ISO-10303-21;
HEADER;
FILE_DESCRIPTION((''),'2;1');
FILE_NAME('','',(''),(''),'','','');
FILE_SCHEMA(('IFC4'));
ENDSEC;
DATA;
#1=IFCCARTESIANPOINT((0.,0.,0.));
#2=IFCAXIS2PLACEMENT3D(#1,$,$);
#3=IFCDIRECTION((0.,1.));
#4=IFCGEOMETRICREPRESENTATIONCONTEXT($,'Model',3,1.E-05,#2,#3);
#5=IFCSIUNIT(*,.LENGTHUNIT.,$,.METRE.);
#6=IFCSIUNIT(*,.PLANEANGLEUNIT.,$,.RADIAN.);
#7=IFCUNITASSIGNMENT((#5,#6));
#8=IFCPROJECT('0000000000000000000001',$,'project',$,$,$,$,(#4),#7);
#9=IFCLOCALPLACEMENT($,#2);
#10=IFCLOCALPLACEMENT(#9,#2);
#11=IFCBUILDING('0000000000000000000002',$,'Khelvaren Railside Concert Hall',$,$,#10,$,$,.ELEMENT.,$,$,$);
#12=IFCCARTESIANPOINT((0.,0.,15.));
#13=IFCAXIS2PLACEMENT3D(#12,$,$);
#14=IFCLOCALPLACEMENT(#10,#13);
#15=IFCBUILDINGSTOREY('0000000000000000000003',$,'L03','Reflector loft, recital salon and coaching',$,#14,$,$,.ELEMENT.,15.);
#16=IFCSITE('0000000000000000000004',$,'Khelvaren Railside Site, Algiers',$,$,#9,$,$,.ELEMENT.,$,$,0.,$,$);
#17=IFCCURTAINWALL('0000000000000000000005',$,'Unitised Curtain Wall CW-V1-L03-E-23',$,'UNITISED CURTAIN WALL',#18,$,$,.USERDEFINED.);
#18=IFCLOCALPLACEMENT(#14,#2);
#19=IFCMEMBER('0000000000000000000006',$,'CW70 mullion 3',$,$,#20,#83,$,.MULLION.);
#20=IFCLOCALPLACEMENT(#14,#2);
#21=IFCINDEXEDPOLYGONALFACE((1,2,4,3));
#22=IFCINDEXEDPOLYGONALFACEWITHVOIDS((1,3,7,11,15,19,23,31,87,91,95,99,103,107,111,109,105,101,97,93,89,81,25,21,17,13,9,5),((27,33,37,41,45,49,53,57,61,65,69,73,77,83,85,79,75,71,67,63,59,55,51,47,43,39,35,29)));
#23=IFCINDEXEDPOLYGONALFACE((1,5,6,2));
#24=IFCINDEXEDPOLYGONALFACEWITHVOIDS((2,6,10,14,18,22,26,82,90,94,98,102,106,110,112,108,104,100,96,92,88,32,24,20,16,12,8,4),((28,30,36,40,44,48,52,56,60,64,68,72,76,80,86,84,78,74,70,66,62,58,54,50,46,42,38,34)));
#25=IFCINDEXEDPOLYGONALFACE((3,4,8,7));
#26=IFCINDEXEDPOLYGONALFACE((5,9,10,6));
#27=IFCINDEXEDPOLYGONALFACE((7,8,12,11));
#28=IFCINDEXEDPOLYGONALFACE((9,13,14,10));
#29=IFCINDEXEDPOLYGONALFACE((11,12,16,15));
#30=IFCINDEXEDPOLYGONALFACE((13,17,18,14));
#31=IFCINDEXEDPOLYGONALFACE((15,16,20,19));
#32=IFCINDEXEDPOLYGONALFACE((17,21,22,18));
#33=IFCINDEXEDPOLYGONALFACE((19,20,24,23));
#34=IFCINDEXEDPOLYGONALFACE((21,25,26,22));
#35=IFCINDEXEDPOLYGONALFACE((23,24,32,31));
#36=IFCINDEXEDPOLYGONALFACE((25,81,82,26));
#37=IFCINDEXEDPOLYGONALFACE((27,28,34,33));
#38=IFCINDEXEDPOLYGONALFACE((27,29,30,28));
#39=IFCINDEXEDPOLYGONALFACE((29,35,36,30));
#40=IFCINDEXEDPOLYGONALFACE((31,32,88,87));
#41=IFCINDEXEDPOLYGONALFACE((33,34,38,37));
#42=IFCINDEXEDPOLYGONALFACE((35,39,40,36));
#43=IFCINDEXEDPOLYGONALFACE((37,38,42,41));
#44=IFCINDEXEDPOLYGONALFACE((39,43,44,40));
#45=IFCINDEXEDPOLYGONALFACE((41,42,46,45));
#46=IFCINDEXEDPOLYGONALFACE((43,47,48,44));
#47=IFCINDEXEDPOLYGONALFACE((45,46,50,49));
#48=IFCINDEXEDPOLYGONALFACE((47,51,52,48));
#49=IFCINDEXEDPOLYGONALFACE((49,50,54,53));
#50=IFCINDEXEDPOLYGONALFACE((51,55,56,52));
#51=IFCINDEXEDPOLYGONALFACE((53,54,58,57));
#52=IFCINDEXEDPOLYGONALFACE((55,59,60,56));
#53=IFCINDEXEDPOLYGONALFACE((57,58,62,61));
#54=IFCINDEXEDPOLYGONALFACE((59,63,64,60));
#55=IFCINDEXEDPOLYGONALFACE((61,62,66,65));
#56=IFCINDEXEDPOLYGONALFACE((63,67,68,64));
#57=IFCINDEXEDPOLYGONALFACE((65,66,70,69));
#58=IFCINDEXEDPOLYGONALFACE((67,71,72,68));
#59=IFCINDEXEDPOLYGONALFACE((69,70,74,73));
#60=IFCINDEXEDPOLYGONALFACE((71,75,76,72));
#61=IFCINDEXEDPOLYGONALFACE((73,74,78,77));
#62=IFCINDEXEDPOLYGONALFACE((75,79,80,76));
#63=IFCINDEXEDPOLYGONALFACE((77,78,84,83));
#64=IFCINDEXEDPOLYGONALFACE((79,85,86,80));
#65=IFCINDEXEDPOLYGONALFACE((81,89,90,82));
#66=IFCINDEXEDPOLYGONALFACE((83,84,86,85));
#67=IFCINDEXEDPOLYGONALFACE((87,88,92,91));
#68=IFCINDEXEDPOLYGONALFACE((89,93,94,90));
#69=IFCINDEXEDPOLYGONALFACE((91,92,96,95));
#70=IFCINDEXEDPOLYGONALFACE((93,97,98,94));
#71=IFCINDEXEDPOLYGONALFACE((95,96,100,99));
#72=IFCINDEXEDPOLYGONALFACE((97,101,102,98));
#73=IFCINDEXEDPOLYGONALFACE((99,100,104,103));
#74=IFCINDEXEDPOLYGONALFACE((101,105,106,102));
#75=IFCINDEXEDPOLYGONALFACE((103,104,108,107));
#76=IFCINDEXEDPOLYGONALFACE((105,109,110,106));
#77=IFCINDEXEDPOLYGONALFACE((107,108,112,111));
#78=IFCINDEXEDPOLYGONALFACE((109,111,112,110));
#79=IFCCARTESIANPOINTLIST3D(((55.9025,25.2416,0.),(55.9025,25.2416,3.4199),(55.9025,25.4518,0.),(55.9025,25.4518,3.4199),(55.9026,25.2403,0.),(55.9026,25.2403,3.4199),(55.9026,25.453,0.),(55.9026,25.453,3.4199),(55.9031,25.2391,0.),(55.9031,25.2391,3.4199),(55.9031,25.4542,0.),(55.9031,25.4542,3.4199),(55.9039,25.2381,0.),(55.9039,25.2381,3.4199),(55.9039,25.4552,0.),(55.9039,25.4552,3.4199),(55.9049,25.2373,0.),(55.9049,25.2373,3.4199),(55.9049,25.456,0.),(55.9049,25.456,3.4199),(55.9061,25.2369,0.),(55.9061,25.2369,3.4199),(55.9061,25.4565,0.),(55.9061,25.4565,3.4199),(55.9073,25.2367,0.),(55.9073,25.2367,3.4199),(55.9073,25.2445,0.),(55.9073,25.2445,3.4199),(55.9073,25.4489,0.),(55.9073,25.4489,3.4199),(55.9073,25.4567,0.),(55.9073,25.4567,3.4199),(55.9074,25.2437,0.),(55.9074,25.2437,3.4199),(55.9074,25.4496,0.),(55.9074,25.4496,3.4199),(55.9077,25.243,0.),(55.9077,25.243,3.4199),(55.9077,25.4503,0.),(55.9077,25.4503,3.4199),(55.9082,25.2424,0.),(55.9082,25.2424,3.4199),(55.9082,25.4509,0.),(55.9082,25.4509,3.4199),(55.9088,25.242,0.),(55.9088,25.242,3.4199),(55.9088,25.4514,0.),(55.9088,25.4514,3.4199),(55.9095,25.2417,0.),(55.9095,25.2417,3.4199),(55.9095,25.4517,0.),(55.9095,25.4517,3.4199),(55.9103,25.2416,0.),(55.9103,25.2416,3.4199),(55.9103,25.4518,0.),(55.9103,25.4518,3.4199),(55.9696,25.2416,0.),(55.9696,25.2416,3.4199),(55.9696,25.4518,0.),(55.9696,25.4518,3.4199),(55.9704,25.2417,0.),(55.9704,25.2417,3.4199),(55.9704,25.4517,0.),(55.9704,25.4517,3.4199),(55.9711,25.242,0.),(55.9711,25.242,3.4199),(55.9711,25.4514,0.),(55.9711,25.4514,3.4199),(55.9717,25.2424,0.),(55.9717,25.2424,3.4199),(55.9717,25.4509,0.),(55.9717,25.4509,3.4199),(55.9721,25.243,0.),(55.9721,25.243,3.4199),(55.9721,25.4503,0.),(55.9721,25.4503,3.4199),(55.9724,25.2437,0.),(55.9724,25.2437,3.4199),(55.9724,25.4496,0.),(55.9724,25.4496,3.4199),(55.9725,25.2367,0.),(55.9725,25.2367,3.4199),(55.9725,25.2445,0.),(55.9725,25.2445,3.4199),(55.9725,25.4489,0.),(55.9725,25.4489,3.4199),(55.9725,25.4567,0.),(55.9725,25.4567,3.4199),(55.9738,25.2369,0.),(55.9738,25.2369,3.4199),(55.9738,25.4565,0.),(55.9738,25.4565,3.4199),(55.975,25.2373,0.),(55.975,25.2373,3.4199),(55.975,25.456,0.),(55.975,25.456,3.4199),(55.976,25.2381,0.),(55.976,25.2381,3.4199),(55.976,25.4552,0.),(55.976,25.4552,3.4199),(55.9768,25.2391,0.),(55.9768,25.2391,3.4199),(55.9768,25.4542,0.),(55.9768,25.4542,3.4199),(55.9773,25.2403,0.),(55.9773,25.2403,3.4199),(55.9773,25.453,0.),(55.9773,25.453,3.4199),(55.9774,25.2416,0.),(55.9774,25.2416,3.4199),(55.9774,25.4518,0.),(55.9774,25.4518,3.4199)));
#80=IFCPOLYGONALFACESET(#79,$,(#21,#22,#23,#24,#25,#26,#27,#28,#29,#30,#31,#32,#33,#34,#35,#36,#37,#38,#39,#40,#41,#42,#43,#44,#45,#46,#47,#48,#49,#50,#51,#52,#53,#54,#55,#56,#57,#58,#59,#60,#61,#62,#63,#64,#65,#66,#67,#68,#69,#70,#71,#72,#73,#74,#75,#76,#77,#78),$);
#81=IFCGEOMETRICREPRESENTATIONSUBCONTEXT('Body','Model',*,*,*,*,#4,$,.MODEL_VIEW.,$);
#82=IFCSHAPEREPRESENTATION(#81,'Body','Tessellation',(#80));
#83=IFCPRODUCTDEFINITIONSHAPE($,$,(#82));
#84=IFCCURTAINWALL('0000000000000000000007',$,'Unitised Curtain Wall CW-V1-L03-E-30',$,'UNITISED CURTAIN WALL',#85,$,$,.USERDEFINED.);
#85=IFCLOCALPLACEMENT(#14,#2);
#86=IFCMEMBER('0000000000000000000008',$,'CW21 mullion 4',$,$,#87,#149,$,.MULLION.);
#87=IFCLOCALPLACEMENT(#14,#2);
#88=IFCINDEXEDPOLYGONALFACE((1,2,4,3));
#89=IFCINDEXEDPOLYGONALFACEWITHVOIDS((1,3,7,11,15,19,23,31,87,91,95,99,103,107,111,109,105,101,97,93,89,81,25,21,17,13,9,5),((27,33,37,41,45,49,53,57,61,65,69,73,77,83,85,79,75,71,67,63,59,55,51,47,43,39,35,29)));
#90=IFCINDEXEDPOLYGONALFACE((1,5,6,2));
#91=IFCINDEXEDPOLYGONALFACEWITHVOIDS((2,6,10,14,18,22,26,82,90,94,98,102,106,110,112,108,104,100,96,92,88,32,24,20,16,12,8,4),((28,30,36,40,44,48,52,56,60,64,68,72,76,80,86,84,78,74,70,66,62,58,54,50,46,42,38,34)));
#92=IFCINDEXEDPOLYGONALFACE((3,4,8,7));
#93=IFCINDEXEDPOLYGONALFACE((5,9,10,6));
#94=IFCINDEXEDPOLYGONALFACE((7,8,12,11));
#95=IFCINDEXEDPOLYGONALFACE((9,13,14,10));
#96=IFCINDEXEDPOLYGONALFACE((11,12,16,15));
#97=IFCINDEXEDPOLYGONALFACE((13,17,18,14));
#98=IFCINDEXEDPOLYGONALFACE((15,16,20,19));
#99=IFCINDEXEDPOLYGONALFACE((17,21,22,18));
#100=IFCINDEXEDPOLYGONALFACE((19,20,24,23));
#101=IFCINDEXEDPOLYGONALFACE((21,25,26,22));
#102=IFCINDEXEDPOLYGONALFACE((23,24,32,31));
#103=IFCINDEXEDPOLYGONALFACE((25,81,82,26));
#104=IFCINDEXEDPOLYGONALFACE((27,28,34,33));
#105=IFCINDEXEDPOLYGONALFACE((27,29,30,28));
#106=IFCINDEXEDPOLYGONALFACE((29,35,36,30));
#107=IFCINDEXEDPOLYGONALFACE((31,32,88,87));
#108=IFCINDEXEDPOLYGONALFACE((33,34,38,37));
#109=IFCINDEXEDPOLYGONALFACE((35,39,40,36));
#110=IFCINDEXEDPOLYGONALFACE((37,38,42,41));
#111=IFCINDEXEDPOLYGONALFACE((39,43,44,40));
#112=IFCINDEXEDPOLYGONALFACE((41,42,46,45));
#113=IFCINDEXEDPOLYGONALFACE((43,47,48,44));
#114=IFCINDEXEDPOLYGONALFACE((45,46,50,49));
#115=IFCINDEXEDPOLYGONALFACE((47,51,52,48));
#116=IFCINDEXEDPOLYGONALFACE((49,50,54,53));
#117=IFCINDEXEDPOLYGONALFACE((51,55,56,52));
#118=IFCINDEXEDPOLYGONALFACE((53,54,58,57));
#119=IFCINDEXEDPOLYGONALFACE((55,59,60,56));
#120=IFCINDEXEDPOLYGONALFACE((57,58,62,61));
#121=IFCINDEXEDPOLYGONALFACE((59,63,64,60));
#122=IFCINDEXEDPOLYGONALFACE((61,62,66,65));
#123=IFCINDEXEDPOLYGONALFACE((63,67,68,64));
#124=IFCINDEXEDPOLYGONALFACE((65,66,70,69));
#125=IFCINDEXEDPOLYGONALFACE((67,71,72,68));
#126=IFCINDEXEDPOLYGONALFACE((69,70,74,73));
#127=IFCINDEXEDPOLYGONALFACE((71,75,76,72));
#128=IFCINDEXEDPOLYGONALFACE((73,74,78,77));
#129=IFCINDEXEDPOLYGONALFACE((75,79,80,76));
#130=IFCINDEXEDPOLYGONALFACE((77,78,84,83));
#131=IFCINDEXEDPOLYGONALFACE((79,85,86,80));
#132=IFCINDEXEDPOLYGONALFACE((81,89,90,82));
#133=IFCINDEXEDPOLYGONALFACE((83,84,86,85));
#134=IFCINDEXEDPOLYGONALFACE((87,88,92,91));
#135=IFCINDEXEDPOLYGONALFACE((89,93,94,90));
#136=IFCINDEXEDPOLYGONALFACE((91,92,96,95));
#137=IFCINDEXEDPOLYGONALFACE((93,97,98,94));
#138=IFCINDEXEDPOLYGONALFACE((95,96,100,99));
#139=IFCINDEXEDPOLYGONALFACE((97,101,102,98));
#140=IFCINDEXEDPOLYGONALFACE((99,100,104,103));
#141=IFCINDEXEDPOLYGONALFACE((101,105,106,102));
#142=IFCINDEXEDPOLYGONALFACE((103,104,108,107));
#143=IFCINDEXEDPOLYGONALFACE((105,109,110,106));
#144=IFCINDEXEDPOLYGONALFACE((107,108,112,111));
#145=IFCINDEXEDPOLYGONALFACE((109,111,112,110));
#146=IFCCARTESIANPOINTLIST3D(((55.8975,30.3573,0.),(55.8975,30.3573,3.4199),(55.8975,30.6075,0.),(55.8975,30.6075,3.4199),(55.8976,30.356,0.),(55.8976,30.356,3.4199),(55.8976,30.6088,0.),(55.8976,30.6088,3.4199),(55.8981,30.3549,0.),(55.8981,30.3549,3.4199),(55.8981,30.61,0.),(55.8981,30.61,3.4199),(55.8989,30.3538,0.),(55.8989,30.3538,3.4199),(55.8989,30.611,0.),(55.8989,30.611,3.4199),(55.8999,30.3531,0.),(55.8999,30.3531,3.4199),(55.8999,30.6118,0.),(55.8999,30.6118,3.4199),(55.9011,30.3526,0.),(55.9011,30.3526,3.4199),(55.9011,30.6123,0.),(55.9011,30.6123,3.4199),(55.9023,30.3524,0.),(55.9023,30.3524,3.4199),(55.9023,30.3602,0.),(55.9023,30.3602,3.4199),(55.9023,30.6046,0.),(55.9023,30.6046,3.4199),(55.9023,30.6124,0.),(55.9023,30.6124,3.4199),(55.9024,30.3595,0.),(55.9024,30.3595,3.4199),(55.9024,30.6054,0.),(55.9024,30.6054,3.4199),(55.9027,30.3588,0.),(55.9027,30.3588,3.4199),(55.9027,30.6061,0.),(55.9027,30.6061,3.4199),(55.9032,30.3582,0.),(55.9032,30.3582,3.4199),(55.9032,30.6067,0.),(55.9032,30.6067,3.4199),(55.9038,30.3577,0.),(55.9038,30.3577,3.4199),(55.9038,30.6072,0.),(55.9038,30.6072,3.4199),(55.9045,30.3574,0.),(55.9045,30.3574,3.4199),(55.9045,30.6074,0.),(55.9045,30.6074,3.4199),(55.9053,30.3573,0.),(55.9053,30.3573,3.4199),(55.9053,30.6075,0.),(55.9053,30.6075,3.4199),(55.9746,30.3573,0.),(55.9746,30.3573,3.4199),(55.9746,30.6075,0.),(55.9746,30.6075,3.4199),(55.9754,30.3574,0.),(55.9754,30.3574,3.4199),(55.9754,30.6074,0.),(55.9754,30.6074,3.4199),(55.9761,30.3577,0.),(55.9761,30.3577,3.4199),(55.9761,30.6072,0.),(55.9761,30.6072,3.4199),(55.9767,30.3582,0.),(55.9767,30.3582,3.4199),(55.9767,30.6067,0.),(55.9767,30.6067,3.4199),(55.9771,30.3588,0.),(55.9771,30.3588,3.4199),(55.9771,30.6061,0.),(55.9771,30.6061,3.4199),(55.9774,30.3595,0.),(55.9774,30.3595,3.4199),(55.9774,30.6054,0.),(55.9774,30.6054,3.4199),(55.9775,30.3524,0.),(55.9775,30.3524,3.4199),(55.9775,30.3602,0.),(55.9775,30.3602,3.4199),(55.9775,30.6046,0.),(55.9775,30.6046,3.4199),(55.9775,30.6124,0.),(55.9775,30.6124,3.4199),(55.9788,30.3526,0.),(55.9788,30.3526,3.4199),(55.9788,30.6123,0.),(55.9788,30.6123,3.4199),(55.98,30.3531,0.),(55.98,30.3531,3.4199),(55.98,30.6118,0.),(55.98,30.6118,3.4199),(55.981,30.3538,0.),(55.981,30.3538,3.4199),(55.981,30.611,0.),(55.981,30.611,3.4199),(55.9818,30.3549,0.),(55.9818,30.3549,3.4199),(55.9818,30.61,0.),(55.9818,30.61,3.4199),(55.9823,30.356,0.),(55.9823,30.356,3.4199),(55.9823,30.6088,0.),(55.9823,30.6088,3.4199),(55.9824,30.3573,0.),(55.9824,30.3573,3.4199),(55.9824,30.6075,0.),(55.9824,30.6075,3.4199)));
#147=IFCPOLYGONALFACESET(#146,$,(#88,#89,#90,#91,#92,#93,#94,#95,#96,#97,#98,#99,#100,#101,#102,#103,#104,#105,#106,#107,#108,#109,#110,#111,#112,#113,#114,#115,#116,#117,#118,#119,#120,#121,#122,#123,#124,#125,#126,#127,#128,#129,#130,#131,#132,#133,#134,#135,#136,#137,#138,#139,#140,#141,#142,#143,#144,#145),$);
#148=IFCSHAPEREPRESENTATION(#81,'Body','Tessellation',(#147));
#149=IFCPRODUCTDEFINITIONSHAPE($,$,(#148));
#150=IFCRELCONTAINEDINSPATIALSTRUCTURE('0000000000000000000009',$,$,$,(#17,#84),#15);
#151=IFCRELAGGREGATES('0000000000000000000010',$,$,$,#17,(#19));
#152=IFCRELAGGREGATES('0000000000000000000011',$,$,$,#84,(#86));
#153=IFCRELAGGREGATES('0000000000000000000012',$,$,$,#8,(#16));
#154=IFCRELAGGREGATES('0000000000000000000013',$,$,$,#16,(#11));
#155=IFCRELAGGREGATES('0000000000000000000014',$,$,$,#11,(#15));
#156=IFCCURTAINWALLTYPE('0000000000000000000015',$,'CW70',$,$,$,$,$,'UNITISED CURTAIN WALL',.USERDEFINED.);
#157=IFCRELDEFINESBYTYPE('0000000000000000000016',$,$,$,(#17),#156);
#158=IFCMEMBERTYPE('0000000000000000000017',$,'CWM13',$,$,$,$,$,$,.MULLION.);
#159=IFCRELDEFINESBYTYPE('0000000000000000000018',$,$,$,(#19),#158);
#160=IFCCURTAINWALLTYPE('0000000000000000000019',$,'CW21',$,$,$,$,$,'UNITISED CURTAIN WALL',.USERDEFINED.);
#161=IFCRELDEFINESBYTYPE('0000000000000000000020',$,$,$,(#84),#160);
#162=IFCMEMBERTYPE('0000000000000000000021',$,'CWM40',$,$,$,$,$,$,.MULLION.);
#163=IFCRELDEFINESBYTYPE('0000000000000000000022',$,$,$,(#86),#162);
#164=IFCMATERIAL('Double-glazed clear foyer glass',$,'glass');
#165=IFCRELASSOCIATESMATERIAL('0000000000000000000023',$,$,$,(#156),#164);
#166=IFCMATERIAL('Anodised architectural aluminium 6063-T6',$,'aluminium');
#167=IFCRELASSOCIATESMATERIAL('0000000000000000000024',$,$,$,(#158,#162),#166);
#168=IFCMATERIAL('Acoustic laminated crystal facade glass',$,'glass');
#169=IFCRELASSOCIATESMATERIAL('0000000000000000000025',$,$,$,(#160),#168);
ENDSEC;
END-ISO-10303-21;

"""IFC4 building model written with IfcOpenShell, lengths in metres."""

from ifc_helpers import new_model, si_unit, direction, frame, origin, origin_2d, place, context, subcontext, project, spatial, hollow_rectangle, extrude, material, material_profile, profile_set, type_object, element, aggregate, save


model = new_model("IFC4")

# Units and contexts
model_context = context("Model", 3, precision=1e-05, world=origin(), true_north=direction((0.0, 1.0)))
body_context = subcontext(model_context, "Body", "Model", "MODEL_VIEW")
ifc_project = project(units=[si_unit("LENGTHUNIT", "METRE"), si_unit("PLANEANGLEUNIT", "RADIAN")], contexts=[model_context])

# Site, building, storey
site_placement = place(None, origin())
site = spatial("IfcSite", under=ifc_project, at=site_placement, Name="Khelvaren Railside Site, Algiers", CompositionType="ELEMENT", RefElevation=0.0)
building_placement = place(site_placement, origin())
building = spatial("IfcBuilding", under=site, at=building_placement, Name="Khelvaren Railside Concert Hall", CompositionType="ELEMENT")
storey_placement = place(building_placement, frame((0.0, 0.0, 15.0)))
storey = spatial("IfcBuildingStorey", under=building, at=storey_placement, Name="L03", Description="Reflector loft, recital salon and coaching", CompositionType="ELEMENT", Elevation=15.0)

# Curtain walls, members
ifc_material_1 = material(Name="Double-glazed clear foyer glass", Category="glass")
curtain_wall_type_1 = type_object("IfcCurtainWallType", Name="CW70", ElementType="UNITISED CURTAIN WALL", PredefinedType="USERDEFINED", material=ifc_material_1)
curtain_wall_1_placement = place(storey_placement, origin())
curtain_wall_1 = element("IfcCurtainWall", 1, at=curtain_wall_1_placement, inside=storey, type_object=curtain_wall_type_1, Name="Unitised Curtain Wall CW-V1-L03-E-23", ObjectType="UNITISED CURTAIN WALL", PredefinedType="USERDEFINED")
ifc_material_2 = material(Name="Anodised architectural aluminium 6063-T6", Category="aluminium")
ifc_material_profile_1 = material_profile(ifc_material_2, hollow_rectangle(XDim=0.075, YDim=0.22, WallThickness=0.0049, InnerFilletRadius=0.0029, OuterFilletRadius=0.0049, at=origin_2d()), Name="CWM 75x220x5")
ifc_profile_set_1 = profile_set([ifc_material_profile_1], Name="Anodised architectural aluminium 6063-T6")
member_type_1 = type_object("IfcMemberType", Name="CWM13", PredefinedType="MULLION", material=ifc_profile_set_1)
member_1_placement = place(storey_placement, frame((55.9399, 25.3467, 0.0), z_axis=(0.0, 0.0, 1.0), x_axis=(1.0, 0.0, 0.0)))
member_1 = element("IfcMember", 2, at=member_1_placement, type_object=member_type_1, Name="CW70 mullion 3", PredefinedType="MULLION", context=body_context, shape_type="SweptSolid", body=[
    extrude(hollow_rectangle(XDim=0.075, YDim=0.22, WallThickness=0.0049, InnerFilletRadius=0.0029, OuterFilletRadius=0.0049, at=origin_2d()), origin(), (0.0, 0.0, 1.0), 3.4199),
])
ifc_material_3 = material(Name="Acoustic laminated crystal facade glass", Category="glass")
curtain_wall_type_2 = type_object("IfcCurtainWallType", Name="CW21", ElementType="UNITISED CURTAIN WALL", PredefinedType="USERDEFINED", material=ifc_material_3)
curtain_wall_2_placement = place(storey_placement, origin())
curtain_wall_2 = element("IfcCurtainWall", 3, at=curtain_wall_2_placement, inside=storey, type_object=curtain_wall_type_2, Name="Unitised Curtain Wall CW-V1-L03-E-30", ObjectType="UNITISED CURTAIN WALL", PredefinedType="USERDEFINED")
ifc_material_profile_2 = material_profile(ifc_material_2, hollow_rectangle(XDim=0.085, YDim=0.26, WallThickness=0.0049, InnerFilletRadius=0.0029, OuterFilletRadius=0.0049, at=origin_2d()), Name="CWM 85x260x5")
ifc_profile_set_2 = profile_set([ifc_material_profile_2], Name="Anodised architectural aluminium 6063-T6")
member_type_2 = type_object("IfcMemberType", Name="CWM40", PredefinedType="MULLION", material=ifc_profile_set_2)
member_2_placement = place(storey_placement, frame((55.9399, 30.4824, 0.0), z_axis=(0.0, 0.0, 1.0), x_axis=(1.0, 0.0, 0.0)))
member_2 = element("IfcMember", 4, at=member_2_placement, type_object=member_type_2, Name="CW21 mullion 4", PredefinedType="MULLION", context=body_context, shape_type="SweptSolid", body=[
    extrude(hollow_rectangle(XDim=0.085, YDim=0.26, WallThickness=0.0049, InnerFilletRadius=0.0029, OuterFilletRadius=0.0049, at=origin_2d()), origin(), (0.0, 0.0, 1.0), 3.4199),
])

aggregate(curtain_wall_1, [member_1])
aggregate(curtain_wall_2, [member_2])

save(model, "model.ifc")
